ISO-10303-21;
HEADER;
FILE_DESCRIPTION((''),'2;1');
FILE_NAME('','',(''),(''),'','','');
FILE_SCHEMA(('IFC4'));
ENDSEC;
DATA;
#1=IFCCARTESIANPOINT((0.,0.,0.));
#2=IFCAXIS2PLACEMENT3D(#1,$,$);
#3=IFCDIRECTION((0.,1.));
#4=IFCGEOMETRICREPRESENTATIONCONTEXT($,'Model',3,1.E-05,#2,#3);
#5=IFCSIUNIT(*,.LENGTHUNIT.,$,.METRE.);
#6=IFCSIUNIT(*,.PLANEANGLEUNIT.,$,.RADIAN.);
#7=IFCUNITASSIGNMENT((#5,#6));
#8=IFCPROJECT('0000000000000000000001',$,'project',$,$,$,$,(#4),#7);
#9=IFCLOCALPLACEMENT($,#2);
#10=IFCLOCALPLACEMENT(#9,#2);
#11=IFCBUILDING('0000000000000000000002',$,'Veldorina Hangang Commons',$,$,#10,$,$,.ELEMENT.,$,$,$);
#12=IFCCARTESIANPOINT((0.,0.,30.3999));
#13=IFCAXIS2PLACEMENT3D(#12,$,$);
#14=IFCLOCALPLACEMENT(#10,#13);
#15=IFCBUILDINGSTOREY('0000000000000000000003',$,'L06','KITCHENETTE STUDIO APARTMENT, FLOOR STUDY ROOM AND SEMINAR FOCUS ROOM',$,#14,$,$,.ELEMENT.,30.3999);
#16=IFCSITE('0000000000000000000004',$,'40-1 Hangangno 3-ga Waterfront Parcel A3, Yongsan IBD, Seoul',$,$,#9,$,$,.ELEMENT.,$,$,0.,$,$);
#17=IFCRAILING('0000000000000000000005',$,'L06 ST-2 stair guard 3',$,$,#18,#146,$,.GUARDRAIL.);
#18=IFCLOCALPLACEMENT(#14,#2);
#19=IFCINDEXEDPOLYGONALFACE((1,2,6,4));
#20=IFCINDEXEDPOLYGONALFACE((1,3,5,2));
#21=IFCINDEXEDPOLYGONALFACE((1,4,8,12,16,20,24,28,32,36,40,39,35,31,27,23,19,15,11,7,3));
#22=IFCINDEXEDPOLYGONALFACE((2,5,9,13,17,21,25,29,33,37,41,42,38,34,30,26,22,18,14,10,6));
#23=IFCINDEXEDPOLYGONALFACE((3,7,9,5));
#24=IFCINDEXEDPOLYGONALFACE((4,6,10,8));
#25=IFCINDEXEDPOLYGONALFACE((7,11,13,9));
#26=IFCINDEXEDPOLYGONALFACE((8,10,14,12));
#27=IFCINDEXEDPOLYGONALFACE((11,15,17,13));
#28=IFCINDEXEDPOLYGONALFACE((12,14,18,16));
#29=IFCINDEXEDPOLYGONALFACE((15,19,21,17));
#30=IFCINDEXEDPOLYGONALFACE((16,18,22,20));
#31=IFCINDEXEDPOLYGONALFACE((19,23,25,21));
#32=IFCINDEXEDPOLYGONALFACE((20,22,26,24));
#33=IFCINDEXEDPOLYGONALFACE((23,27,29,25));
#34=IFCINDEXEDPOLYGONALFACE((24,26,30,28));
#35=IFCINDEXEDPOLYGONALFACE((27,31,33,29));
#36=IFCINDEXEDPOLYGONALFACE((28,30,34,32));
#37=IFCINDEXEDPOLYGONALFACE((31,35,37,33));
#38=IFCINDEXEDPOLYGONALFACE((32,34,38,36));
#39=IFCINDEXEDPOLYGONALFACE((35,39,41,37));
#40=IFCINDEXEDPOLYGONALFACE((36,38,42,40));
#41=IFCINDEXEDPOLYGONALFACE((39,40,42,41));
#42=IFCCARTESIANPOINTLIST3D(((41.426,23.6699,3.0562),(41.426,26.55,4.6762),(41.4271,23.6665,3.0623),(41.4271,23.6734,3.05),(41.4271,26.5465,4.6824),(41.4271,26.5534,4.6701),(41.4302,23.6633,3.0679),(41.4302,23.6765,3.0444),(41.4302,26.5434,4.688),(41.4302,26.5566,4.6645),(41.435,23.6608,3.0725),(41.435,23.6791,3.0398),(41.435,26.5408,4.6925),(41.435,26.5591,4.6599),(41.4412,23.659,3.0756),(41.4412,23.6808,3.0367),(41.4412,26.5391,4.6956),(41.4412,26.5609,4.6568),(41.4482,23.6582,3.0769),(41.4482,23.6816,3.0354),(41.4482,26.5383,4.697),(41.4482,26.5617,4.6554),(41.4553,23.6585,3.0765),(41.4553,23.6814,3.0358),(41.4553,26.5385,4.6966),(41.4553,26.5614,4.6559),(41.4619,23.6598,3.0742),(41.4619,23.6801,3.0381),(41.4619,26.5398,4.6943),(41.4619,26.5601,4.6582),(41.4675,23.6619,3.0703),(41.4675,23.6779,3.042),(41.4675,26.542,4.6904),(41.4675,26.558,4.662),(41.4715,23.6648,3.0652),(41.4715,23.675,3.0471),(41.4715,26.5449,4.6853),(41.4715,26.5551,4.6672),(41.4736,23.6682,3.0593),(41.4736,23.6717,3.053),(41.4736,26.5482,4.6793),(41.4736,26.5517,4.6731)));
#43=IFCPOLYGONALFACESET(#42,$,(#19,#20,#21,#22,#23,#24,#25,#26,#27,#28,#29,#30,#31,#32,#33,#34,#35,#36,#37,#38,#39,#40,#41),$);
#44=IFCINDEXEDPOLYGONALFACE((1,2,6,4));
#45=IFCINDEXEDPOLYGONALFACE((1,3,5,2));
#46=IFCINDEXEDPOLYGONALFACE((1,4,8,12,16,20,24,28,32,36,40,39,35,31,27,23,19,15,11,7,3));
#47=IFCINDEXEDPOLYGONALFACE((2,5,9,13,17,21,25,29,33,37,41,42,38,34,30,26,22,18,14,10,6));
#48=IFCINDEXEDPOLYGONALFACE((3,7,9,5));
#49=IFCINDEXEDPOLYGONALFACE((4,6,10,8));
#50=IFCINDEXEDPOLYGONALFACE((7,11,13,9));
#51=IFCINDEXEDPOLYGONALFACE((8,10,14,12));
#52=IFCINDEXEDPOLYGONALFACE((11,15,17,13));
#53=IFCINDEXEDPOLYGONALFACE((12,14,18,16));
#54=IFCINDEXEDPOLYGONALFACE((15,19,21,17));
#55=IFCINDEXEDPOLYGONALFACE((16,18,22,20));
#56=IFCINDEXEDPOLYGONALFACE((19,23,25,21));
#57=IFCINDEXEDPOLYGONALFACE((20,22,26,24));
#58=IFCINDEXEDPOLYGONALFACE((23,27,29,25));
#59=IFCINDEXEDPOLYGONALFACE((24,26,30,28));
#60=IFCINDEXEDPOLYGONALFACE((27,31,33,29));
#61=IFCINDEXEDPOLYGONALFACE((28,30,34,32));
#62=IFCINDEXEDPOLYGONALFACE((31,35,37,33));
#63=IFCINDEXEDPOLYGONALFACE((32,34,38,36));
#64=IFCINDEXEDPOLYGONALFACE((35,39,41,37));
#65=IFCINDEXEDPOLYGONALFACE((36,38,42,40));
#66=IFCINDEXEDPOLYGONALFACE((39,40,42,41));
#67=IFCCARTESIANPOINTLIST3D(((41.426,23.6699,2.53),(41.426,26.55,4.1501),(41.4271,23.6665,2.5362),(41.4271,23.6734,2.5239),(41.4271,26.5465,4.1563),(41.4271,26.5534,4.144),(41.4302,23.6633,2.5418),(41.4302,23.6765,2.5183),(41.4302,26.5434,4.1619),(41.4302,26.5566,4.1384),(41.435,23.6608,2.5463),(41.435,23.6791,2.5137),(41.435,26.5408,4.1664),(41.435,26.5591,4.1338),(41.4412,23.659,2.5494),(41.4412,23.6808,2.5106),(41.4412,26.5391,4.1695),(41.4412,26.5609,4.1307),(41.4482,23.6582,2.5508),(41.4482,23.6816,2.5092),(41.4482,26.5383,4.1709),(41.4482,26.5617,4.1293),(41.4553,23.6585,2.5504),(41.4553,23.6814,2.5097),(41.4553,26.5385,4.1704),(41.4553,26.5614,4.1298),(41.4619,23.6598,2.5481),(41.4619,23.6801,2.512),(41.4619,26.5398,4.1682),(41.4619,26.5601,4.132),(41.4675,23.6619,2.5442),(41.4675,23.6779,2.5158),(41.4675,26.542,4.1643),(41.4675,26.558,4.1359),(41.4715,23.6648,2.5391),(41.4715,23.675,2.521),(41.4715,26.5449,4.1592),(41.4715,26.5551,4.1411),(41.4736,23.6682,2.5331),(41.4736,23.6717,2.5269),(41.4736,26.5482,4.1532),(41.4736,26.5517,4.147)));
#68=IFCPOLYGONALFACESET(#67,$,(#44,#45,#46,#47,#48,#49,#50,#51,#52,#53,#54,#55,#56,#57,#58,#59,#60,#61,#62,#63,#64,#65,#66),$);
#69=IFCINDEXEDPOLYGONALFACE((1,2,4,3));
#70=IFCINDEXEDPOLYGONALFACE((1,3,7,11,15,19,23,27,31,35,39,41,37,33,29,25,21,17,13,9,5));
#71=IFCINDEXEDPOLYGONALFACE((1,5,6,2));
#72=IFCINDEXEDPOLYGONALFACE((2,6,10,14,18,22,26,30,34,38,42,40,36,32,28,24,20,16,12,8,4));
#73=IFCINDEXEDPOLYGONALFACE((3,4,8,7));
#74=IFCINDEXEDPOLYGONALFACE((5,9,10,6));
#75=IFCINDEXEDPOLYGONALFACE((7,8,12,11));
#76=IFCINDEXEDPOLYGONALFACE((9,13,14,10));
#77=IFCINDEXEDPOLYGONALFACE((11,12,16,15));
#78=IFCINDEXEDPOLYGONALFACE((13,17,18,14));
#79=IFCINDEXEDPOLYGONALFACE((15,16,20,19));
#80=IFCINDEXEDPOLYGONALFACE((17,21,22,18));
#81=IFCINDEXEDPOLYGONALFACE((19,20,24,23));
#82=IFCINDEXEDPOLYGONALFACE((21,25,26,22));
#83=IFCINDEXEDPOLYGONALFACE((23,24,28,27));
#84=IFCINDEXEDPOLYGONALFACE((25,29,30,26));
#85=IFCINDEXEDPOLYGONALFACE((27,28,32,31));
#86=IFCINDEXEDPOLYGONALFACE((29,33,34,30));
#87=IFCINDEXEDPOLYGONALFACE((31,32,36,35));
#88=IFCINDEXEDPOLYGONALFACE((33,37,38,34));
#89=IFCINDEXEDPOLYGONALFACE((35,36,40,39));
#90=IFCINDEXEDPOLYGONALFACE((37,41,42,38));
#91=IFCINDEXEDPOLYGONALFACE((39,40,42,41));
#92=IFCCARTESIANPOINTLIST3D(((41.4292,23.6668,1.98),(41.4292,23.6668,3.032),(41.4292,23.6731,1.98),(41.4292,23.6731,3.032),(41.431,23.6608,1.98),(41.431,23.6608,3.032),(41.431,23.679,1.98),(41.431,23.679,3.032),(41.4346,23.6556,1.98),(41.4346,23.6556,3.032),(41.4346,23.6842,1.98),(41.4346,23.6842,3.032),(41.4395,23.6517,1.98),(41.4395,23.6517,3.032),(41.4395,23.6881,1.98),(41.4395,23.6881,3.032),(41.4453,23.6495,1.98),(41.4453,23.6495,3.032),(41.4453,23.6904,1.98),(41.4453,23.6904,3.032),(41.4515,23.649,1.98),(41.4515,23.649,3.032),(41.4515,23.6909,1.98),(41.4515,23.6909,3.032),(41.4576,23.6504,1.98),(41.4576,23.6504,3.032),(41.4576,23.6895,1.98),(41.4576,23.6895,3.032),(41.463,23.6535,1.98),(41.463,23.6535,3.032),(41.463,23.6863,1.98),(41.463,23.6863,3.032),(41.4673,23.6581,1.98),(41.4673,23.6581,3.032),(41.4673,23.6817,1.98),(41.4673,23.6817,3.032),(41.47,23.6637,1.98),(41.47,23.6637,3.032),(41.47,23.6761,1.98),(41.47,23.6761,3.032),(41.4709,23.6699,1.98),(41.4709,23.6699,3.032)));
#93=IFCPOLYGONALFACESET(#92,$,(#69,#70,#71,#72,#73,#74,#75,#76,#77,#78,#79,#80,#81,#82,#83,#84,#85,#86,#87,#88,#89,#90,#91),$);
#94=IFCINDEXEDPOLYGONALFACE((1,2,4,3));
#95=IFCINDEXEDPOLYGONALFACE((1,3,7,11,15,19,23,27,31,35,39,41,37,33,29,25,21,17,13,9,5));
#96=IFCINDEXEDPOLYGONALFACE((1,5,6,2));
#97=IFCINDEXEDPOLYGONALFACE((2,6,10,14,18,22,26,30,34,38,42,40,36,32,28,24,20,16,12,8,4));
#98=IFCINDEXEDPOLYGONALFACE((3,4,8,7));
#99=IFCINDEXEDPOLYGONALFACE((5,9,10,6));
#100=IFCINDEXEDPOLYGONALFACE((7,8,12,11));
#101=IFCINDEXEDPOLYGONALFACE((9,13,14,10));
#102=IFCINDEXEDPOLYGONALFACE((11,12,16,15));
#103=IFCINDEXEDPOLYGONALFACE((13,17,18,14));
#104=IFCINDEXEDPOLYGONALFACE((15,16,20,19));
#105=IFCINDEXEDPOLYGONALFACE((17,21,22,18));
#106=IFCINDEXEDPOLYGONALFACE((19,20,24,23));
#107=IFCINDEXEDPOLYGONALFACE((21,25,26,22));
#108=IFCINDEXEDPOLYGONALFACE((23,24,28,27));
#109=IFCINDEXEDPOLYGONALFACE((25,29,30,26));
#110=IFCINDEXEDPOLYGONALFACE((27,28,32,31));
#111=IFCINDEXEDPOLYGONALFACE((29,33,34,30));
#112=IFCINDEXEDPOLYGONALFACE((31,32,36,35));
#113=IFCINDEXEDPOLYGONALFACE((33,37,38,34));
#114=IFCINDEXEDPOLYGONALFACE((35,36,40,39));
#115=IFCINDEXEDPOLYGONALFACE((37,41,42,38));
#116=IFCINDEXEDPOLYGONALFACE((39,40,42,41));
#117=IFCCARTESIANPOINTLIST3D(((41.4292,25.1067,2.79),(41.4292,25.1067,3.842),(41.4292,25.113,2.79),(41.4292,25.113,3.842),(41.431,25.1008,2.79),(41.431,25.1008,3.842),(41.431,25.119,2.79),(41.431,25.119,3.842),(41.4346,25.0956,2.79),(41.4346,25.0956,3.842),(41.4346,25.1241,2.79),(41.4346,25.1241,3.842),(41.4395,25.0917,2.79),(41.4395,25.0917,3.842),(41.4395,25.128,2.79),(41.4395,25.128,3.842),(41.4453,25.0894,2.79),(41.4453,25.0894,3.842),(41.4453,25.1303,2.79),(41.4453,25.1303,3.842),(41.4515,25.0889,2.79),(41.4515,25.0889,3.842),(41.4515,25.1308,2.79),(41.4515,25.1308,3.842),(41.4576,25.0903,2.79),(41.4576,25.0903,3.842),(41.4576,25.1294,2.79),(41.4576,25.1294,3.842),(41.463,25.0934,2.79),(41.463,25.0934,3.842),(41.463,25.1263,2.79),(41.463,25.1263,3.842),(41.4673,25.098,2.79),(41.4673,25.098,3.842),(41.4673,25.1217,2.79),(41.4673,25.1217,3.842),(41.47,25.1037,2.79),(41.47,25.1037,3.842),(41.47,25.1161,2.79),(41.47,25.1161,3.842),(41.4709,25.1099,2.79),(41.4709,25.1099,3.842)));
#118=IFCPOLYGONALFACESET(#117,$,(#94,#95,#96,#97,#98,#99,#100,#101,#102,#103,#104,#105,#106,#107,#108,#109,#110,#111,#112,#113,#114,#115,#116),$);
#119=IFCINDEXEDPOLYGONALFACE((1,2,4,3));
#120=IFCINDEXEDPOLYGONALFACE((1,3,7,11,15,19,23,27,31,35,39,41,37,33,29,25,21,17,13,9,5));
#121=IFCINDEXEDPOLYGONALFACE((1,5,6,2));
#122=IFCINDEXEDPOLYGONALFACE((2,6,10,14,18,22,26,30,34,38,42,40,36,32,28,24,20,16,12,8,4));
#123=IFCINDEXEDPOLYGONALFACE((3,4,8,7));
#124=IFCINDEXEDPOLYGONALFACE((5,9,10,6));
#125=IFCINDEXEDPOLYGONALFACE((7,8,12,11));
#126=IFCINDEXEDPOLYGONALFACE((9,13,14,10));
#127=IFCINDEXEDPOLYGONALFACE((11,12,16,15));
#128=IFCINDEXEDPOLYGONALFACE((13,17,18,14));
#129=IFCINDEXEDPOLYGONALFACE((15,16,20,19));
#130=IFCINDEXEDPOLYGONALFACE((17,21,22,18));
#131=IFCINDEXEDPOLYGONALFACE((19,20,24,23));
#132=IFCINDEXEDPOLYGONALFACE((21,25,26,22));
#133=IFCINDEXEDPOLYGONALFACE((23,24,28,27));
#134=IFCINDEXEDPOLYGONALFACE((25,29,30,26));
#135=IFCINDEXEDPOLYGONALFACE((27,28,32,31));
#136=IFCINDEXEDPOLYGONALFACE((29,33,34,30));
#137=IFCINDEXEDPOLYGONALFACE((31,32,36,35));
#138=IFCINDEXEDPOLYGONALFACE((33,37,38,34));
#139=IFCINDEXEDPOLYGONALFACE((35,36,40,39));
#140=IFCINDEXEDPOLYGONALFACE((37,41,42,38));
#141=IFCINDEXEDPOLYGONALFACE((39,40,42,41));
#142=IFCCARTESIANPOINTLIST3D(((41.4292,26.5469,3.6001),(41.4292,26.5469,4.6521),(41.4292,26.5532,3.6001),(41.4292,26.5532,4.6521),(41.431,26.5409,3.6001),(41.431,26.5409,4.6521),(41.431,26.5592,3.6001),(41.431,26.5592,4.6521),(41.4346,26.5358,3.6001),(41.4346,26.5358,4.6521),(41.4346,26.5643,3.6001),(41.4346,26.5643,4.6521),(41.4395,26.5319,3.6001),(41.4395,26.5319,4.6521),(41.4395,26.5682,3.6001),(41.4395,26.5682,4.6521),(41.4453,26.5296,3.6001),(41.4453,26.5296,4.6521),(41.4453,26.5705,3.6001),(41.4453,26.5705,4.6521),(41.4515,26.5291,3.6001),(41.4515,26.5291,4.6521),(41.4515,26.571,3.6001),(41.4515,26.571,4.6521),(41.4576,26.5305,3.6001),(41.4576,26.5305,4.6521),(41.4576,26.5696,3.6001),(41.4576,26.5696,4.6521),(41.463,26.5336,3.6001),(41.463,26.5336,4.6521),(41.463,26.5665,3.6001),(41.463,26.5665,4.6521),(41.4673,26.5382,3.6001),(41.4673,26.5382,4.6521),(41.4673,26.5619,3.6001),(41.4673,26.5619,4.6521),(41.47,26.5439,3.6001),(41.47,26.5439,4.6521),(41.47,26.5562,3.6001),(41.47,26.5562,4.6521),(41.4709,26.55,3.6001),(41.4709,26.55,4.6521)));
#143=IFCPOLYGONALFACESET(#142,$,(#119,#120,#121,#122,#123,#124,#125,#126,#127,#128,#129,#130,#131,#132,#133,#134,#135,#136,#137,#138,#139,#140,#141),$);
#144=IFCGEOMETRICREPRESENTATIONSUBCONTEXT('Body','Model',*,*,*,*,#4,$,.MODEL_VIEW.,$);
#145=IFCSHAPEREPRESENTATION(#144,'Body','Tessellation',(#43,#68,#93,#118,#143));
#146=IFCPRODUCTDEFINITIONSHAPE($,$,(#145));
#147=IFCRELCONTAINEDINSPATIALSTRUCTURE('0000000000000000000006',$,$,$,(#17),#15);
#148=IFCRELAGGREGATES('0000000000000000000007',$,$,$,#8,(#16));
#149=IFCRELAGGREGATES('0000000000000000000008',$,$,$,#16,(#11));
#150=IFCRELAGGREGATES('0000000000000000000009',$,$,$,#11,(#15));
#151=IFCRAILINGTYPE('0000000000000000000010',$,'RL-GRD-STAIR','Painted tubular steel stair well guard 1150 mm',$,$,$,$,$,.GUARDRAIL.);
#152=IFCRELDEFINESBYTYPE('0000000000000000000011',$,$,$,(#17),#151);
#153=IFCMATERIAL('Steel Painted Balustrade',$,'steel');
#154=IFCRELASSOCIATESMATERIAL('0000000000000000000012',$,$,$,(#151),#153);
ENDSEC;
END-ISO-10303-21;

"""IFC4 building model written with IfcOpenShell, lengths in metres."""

from ifc_helpers import new_model, si_unit, direction, frame, origin, origin_2d, place, context, subcontext, project, spatial, circle, extrude, material, type_object, element, save


model = new_model("IFC4")

# Units and contexts
model_context = context("Model", 3, precision=1e-05, world=origin(), true_north=direction((0.0, 1.0)))
body_context = subcontext(model_context, "Body", "Model", "MODEL_VIEW")
ifc_project = project(units=[si_unit("LENGTHUNIT", "METRE"), si_unit("PLANEANGLEUNIT", "RADIAN")], contexts=[model_context])

# Site, building, storey
site_placement = place(None, origin())
site = spatial("IfcSite", under=ifc_project, at=site_placement, Name="40-1 Hangangno 3-ga Waterfront Parcel A3, Yongsan IBD, Seoul", CompositionType="ELEMENT", RefElevation=0.0)
building_placement = place(site_placement, origin())
building = spatial("IfcBuilding", under=site, at=building_placement, Name="Veldorina Hangang Commons", CompositionType="ELEMENT")
storey_placement = place(building_placement, frame((0.0, 0.0, 30.3999)))
storey = spatial("IfcBuildingStorey", under=building, at=storey_placement, Name="L06", Description="KITCHENETTE STUDIO APARTMENT, FLOOR STUDY ROOM AND SEMINAR FOCUS ROOM", CompositionType="ELEMENT", Elevation=30.3999)

# Railing
ifc_material_1 = material(Name="Steel Painted Balustrade", Category="steel")
railing_type_1 = type_object("IfcRailingType", Name="RL-GRD-STAIR", Description="Painted tubular steel stair well guard 1150 mm", PredefinedType="GUARDRAIL", material=ifc_material_1)
railing_1_placement = place(storey_placement, frame((41.45, 23.6699, 1.98)))
element("IfcRailing", 1, at=railing_1_placement, inside=storey, type_object=railing_type_1, Name="L06 ST-2 stair guard 3", PredefinedType="GUARDRAIL", context=body_context, shape_type="SweptSolid", body=[
    extrude(circle(Radius=0.0239, at=origin_2d()), frame((0.0, 0.0, 1.0762), z_axis=(0.0, 0.87157, 0.490272), x_axis=(-1.0, 0.0, 0.0)), (0.0, 0.0, 1.0), 3.3044),
    extrude(circle(Radius=0.0239, at=origin_2d()), frame((0.0, 0.0, 0.55), z_axis=(0.0, 0.87157, 0.490272), x_axis=(-1.0, 0.0, 0.0)), (0.0, 0.0, 1.0), 3.3044),
    extrude(circle(Radius=0.021, at=origin_2d()), origin(), (0.0, 0.0, 1.0), 1.052),
    extrude(circle(Radius=0.021, at=origin_2d()), frame((0.0, 1.4399, 0.8101)), (0.0, 0.0, 1.0), 1.052),
    extrude(circle(Radius=0.021, at=origin_2d()), frame((0.0, 2.8801, 1.6201)), (0.0, 0.0, 1.0), 1.052),
])

save(model, "model.ifc")
